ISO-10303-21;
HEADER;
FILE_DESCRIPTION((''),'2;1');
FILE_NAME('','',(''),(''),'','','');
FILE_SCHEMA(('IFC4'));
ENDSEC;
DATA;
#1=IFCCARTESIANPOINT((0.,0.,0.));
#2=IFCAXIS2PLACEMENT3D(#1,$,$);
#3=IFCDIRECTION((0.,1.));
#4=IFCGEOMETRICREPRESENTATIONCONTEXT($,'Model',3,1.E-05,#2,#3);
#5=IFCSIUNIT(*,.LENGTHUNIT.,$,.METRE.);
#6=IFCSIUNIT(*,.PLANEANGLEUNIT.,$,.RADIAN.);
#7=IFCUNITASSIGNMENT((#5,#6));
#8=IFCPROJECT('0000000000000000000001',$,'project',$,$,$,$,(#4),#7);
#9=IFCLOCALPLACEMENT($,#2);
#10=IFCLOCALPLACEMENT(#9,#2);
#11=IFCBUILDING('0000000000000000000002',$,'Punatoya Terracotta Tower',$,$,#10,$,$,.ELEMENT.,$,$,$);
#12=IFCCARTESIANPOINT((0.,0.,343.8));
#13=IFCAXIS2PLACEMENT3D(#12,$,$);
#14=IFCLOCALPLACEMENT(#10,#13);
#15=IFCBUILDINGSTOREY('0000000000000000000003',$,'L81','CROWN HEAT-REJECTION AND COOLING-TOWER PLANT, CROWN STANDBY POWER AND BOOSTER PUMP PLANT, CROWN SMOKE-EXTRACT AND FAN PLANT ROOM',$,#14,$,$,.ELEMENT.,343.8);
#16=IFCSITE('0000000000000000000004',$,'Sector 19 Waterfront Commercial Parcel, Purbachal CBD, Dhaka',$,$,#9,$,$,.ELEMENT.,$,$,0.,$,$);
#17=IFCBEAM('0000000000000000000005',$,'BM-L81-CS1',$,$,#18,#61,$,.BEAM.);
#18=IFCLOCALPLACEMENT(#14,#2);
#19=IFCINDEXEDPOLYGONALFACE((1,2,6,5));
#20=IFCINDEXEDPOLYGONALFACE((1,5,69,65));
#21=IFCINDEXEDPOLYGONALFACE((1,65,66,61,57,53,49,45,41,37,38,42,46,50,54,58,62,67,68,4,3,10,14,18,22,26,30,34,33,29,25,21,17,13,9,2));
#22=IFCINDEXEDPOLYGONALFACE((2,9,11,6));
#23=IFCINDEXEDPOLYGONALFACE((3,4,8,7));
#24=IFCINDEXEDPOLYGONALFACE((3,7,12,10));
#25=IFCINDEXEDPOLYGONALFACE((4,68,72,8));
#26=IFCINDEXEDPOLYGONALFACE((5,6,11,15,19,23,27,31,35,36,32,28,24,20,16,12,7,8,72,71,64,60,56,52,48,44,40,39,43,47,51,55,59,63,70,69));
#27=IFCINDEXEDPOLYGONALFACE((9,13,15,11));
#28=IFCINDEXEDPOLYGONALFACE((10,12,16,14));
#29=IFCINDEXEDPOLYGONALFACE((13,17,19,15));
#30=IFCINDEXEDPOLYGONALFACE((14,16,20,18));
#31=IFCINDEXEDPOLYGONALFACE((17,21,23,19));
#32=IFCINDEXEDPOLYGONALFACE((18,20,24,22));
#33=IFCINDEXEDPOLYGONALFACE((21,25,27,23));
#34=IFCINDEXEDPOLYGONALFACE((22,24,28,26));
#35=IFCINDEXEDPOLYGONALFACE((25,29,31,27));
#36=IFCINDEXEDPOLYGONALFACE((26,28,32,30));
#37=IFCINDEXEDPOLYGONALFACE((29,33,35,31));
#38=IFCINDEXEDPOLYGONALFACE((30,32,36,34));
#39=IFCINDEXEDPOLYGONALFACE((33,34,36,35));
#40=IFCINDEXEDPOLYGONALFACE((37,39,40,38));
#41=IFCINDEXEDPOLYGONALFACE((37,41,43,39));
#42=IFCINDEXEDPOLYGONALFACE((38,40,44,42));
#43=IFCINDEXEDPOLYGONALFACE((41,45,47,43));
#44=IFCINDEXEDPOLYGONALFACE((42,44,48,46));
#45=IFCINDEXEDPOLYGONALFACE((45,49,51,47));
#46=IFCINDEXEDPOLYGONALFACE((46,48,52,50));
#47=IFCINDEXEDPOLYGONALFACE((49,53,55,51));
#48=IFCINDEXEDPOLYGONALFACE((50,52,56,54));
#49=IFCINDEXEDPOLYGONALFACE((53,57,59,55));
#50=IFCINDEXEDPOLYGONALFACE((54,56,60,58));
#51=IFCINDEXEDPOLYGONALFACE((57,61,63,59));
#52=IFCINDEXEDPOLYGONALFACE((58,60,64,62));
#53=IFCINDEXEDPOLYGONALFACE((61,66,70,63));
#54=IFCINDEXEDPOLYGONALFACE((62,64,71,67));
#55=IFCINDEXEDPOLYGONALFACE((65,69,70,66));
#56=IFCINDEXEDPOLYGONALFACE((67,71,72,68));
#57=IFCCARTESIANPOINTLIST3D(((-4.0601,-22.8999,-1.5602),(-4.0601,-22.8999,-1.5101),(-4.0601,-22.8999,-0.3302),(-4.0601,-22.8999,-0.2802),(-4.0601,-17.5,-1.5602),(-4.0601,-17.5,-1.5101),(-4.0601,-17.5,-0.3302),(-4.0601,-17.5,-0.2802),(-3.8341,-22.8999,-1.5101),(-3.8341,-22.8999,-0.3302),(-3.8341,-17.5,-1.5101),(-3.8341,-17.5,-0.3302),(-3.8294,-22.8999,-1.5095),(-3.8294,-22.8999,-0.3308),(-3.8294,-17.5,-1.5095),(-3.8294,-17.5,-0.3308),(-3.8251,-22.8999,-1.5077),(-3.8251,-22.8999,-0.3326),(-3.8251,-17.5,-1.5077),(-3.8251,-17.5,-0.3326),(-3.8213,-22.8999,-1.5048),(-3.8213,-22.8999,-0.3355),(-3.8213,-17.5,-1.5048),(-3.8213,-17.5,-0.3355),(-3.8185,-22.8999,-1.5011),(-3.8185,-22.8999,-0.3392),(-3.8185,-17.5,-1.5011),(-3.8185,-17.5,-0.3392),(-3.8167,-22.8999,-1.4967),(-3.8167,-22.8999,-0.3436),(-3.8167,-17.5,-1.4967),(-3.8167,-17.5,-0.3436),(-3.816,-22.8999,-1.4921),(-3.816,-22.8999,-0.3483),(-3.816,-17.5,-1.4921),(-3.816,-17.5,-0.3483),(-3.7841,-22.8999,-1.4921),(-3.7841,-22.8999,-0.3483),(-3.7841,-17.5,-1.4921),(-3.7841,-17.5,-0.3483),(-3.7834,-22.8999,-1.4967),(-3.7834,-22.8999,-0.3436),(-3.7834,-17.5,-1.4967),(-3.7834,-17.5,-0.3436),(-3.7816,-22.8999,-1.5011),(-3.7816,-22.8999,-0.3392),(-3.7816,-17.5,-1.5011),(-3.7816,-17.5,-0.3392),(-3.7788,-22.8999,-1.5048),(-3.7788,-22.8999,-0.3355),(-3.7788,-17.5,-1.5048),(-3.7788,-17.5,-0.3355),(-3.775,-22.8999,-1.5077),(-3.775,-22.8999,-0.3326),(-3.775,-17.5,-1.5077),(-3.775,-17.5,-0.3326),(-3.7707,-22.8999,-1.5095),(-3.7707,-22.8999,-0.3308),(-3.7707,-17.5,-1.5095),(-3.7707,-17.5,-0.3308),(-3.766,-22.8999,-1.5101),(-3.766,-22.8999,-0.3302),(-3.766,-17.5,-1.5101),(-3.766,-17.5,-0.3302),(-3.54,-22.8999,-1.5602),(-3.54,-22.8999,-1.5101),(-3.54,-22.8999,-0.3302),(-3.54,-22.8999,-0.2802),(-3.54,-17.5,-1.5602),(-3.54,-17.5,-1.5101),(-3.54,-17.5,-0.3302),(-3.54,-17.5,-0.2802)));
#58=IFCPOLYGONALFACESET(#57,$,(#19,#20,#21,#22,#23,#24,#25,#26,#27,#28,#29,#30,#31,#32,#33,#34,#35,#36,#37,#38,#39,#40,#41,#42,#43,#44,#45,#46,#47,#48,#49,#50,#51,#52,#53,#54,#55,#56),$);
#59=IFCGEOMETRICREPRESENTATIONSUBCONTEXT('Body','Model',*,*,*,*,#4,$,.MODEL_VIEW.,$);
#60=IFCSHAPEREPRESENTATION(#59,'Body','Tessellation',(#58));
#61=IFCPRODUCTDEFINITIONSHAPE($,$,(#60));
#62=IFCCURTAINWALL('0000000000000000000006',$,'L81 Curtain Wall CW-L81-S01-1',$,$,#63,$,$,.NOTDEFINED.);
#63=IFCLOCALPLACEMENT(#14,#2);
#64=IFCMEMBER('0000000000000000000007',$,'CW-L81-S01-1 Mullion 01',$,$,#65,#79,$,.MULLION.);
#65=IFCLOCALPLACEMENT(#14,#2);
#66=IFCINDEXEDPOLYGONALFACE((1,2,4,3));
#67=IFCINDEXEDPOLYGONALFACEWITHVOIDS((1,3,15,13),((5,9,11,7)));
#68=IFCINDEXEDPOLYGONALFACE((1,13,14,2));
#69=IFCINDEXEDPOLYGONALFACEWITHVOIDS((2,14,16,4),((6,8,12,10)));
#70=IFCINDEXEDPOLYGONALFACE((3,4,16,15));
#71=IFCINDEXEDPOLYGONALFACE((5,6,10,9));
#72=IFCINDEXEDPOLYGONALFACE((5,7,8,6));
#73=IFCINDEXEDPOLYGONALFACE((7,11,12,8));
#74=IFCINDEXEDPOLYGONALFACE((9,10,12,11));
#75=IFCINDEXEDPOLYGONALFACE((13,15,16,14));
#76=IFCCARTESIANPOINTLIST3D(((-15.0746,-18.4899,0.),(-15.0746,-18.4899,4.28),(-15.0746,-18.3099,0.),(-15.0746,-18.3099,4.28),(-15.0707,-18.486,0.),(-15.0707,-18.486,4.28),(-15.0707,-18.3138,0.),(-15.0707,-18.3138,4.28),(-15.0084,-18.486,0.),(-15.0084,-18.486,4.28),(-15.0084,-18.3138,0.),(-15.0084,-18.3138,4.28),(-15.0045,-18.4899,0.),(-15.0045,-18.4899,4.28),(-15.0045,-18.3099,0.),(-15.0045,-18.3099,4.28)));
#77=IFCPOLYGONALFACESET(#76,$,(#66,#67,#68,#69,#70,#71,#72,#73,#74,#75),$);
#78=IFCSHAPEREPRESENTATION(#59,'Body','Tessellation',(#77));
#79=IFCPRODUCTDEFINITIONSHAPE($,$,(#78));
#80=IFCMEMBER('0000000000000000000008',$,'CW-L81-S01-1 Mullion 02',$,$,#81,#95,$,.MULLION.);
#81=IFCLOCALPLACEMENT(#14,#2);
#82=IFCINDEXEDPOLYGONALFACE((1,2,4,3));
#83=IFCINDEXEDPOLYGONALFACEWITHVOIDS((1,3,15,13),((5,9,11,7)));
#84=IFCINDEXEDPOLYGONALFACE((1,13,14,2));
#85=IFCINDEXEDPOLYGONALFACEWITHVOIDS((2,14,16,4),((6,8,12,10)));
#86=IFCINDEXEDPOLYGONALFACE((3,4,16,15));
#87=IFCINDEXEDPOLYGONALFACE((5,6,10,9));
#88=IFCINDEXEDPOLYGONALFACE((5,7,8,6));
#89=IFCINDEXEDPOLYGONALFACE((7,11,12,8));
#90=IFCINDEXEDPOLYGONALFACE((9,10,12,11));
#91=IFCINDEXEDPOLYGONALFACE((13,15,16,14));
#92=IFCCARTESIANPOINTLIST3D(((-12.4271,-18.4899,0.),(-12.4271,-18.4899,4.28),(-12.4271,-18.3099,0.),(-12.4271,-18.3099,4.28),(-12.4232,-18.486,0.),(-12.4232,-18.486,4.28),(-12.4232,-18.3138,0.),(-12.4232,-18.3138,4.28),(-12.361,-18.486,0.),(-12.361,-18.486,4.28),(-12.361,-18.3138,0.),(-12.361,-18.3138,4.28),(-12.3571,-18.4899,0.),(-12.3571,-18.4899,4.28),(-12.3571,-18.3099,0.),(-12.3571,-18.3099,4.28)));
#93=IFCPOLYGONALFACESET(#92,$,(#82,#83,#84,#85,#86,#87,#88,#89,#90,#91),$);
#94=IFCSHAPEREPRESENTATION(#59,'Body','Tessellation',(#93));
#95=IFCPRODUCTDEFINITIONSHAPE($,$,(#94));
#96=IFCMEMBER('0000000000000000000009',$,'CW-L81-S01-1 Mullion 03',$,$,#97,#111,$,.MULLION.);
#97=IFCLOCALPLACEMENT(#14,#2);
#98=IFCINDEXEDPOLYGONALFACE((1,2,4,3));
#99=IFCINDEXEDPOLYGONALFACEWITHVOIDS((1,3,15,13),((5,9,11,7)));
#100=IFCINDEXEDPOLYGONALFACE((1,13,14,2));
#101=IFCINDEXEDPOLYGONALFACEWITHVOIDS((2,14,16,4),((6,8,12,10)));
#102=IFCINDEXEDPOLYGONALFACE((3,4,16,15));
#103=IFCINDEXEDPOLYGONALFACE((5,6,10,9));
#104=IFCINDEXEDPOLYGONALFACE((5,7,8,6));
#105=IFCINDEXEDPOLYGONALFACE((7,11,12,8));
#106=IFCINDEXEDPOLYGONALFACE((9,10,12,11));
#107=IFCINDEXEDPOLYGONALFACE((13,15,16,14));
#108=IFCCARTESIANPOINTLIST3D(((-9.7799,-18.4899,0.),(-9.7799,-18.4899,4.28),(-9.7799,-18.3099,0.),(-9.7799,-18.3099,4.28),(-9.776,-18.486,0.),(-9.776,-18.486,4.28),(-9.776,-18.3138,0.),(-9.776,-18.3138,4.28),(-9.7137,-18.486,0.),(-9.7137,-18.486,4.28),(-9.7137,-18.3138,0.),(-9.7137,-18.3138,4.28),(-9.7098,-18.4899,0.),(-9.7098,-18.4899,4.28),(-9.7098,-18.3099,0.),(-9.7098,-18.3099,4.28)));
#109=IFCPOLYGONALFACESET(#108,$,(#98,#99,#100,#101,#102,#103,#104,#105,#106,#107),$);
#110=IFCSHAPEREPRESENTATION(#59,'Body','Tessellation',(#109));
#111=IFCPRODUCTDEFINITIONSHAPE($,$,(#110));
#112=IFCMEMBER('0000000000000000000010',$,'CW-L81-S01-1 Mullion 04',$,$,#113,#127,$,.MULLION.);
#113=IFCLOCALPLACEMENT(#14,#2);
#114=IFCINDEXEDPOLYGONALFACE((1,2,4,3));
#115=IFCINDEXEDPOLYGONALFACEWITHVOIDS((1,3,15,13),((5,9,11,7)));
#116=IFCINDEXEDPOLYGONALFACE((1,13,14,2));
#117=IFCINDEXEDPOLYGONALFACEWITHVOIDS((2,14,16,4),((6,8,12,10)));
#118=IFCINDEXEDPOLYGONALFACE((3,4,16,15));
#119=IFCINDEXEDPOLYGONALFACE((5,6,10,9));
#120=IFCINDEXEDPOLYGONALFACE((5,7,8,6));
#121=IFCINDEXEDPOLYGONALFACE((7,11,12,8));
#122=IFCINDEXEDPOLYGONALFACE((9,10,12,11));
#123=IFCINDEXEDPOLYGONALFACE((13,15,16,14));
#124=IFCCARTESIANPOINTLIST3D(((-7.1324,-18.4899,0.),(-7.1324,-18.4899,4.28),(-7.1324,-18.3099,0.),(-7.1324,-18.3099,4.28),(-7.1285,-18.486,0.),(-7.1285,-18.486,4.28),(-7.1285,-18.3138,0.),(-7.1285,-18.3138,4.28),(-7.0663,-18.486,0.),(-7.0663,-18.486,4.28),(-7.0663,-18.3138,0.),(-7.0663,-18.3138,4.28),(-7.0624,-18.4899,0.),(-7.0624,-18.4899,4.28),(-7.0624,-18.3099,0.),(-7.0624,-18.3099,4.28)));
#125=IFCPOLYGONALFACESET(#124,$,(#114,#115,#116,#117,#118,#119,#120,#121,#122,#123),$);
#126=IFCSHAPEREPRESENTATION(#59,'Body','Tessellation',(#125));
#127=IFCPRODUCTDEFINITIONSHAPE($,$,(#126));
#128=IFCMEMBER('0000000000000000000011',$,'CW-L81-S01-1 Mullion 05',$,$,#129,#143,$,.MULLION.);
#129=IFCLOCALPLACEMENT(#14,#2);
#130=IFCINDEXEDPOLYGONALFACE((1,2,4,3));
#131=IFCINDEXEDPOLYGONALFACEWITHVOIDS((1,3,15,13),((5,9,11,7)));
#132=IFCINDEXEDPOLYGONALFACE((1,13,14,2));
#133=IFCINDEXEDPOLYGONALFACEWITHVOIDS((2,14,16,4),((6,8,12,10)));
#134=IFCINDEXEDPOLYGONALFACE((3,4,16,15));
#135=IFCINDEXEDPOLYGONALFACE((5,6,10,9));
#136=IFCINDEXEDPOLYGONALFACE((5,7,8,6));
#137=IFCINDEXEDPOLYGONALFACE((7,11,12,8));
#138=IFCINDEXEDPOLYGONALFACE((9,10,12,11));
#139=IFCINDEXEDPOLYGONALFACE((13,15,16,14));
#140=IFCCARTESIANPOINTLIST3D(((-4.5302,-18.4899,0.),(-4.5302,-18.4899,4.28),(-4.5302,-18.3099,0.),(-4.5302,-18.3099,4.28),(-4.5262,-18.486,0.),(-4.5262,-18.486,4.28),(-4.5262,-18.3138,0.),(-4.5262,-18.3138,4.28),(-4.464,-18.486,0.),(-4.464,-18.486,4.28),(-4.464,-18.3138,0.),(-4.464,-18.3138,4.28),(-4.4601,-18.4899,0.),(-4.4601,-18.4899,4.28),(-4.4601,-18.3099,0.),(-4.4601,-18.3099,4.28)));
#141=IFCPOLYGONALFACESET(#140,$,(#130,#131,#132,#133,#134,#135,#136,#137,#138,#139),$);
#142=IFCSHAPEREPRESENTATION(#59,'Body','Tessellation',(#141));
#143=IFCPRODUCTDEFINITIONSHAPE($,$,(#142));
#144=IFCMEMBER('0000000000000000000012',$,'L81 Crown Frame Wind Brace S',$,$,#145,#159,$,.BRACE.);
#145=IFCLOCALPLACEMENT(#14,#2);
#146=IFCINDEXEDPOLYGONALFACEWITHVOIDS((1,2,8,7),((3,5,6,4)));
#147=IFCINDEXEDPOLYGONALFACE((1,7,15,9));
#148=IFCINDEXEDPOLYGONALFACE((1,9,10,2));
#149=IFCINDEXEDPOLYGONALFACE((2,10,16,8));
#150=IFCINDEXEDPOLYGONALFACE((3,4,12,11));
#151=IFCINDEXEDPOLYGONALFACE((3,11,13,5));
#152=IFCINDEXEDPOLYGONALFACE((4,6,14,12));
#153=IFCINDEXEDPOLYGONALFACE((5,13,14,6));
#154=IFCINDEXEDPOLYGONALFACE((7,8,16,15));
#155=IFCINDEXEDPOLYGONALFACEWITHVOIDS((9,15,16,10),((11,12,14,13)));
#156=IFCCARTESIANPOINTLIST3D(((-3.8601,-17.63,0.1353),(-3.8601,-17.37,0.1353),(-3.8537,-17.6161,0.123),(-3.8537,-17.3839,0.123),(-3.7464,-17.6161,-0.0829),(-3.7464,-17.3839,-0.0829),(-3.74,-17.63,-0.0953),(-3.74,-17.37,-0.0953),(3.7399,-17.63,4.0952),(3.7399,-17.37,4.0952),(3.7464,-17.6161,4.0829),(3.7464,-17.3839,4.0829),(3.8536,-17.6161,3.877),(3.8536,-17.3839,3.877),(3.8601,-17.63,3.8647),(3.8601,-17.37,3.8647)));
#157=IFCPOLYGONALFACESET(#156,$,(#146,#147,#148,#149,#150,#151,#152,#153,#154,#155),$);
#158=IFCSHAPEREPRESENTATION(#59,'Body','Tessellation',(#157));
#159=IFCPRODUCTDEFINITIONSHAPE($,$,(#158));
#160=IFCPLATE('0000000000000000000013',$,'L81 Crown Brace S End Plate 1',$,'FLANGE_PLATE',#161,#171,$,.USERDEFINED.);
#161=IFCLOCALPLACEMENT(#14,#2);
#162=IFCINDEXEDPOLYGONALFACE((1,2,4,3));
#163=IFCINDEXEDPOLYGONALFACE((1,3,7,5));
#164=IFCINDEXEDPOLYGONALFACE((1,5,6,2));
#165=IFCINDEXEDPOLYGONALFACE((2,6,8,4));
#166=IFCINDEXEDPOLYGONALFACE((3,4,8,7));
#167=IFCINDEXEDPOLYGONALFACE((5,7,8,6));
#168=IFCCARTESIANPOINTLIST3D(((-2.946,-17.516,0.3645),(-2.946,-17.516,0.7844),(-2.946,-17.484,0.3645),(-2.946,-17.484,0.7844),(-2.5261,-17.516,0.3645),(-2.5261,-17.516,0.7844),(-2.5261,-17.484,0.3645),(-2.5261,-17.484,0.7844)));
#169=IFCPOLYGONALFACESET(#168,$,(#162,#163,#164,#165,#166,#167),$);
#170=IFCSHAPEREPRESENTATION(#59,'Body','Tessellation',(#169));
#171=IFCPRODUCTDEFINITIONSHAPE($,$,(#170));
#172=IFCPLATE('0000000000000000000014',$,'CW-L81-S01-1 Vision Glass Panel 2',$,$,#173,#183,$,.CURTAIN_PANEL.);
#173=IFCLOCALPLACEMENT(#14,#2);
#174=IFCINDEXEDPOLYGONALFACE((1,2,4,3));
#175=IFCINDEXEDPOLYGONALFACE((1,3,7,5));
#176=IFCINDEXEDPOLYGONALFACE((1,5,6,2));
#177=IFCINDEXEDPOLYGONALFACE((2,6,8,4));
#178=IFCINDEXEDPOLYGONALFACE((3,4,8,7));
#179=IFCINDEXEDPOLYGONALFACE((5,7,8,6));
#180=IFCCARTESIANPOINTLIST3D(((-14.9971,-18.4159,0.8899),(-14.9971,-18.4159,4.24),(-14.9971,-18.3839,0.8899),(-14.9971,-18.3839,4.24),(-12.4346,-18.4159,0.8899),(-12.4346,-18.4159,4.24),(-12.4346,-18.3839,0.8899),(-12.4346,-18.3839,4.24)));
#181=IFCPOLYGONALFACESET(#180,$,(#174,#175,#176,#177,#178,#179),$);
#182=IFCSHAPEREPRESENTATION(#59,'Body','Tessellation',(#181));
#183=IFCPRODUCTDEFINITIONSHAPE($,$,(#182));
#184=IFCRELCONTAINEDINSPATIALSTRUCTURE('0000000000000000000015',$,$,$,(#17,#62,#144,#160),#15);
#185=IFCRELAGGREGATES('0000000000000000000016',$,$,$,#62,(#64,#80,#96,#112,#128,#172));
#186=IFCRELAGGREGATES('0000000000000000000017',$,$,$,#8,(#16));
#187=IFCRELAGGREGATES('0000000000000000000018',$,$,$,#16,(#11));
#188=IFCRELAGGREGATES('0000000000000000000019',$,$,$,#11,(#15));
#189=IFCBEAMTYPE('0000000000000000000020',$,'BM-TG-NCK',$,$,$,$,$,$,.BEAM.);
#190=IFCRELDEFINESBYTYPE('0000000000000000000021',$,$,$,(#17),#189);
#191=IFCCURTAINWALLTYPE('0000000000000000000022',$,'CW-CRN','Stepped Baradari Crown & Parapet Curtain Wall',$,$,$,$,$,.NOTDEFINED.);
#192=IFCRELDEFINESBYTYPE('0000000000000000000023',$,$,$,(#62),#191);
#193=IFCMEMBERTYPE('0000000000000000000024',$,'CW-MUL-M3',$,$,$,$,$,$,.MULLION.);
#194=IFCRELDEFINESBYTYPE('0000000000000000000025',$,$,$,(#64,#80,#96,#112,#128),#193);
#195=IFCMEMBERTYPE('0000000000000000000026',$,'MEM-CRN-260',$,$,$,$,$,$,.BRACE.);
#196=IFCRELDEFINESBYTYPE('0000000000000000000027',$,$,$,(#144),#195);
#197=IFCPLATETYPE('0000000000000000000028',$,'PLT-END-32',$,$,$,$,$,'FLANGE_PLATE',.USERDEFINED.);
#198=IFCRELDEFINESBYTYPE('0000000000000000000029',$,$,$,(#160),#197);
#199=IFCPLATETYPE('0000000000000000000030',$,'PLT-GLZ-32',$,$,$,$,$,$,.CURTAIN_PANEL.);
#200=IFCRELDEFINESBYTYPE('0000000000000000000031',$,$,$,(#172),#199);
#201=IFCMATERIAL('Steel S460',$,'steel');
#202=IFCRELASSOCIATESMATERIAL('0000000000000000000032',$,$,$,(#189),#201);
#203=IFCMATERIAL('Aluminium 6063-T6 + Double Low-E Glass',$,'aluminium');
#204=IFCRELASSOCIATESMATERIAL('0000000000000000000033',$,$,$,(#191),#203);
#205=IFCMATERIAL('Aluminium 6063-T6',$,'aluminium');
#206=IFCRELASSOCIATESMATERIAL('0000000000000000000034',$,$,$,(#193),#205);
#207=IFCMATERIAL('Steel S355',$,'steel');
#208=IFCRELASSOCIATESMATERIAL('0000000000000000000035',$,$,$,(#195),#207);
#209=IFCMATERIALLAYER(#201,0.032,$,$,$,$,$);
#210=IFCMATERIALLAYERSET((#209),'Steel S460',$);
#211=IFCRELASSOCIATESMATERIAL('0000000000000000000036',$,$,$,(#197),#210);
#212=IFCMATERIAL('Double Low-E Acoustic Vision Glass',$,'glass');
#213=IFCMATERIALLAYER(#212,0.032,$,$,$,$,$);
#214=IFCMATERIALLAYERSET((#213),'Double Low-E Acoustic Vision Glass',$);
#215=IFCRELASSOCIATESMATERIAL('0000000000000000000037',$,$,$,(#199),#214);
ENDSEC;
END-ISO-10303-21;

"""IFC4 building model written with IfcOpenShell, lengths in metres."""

from ifc_helpers import new_model, si_unit, direction, frame, origin, origin_2d, place, context, subcontext, project, spatial, rectangle, hollow_rectangle, i_section, extrude, material, layer, layer_set, material_profile, profile_set, type_object, element, aggregate, save


model = new_model("IFC4")

# Units and contexts
model_context = context("Model", 3, precision=1e-05, world=origin(), true_north=direction((0.0, 1.0)))
body_context = subcontext(model_context, "Body", "Model", "MODEL_VIEW")
ifc_project = project(units=[si_unit("LENGTHUNIT", "METRE"), si_unit("PLANEANGLEUNIT", "RADIAN")], contexts=[model_context])

# Site, building, storey
site_placement = place(None, origin())
site = spatial("IfcSite", under=ifc_project, at=site_placement, Name="Sector 19 Waterfront Commercial Parcel, Purbachal CBD, Dhaka", CompositionType="ELEMENT", RefElevation=0.0)
building_placement = place(site_placement, origin())
building = spatial("IfcBuilding", under=site, at=building_placement, Name="Punatoya Terracotta Tower", CompositionType="ELEMENT")
storey_placement = place(building_placement, frame((0.0, 0.0, 343.8)))
storey = spatial("IfcBuildingStorey", under=building, at=storey_placement, Name="L81", Description="CROWN HEAT-REJECTION AND COOLING-TOWER PLANT, CROWN STANDBY POWER AND BOOSTER PUMP PLANT, CROWN SMOKE-EXTRACT AND FAN PLANT ROOM", CompositionType="ELEMENT", Elevation=343.8)

# Shared definitions
ifc_material_1 = material(Name="Steel S460", Category="steel")

# Beam
ifc_material_profile_1 = material_profile(ifc_material_1, i_section(OverallWidth=0.52, OverallDepth=1.28, WebThickness=0.032, FlangeThickness=0.05, FilletRadius=0.0181, at=origin_2d()))
ifc_profile_set_1 = profile_set([ifc_material_profile_1], Name="Steel S460")
beam_type_1 = type_object("IfcBeamType", Name="BM-TG-NCK", PredefinedType="BEAM", material=ifc_profile_set_1)
beam_1_placement = place(storey_placement, frame((-3.8, -22.8999, -0.9202), z_axis=(0.0, 1.0, 0.0), x_axis=(-1.0, 0.0, 0.0)))
element("IfcBeam", 1, at=beam_1_placement, inside=storey, type_object=beam_type_1, Name="BM-L81-CS1", PredefinedType="BEAM", context=body_context, shape_type="SweptSolid", body=[
    extrude(i_section(OverallWidth=0.52, OverallDepth=1.28, WebThickness=0.032, FlangeThickness=0.05, FilletRadius=0.0181, at=origin_2d()), origin(), (0.0, 0.0, 1.0), 5.3999),
])

# Curtain wall, members
ifc_material_2 = material(Name="Aluminium 6063-T6 + Double Low-E Glass", Category="aluminium")
curtain_wall_type = type_object("IfcCurtainWallType", Name="CW-CRN", Description="Stepped Baradari Crown & Parapet Curtain Wall", PredefinedType="NOTDEFINED", material=ifc_material_2)
curtain_wall_placement = place(storey_placement, origin())
curtain_wall = element("IfcCurtainWall", 2, at=curtain_wall_placement, inside=storey, type_object=curtain_wall_type, Name="L81 Curtain Wall CW-L81-S01-1", PredefinedType="NOTDEFINED")
ifc_material_3 = material(Name="Aluminium 6063-T6", Category="aluminium")
ifc_material_profile_2 = material_profile(ifc_material_3, hollow_rectangle(XDim=0.0701, YDim=0.1799, WallThickness=0.0039, at=origin_2d()))
ifc_profile_set_2 = profile_set([ifc_material_profile_2], Name="Aluminium 6063-T6")
member_type_1 = type_object("IfcMemberType", Name="CW-MUL-M3", PredefinedType="MULLION", material=ifc_profile_set_2)
member_1_placement = place(storey_placement, frame((-15.0396, -18.3999, 0.0), z_axis=(0.0, 0.0, 1.0), x_axis=(1.0, 0.0, 0.0)))
member_1 = element("IfcMember", 3, at=member_1_placement, type_object=member_type_1, Name="CW-L81-S01-1 Mullion 01", PredefinedType="MULLION", context=body_context, shape_type="SweptSolid", body=[
    extrude(hollow_rectangle(XDim=0.0701, YDim=0.1799, WallThickness=0.0039, at=origin_2d()), origin(), (0.0, 0.0, 1.0), 4.28),
])
member_2_placement = place(storey_placement, frame((-12.3921, -18.3999, 0.0), z_axis=(0.0, 0.0, 1.0), x_axis=(1.0, 0.0, 0.0)))
member_2 = element("IfcMember", 4, at=member_2_placement, type_object=member_type_1, Name="CW-L81-S01-1 Mullion 02", PredefinedType="MULLION", context=body_context, shape_type="SweptSolid", body=[
    extrude(hollow_rectangle(XDim=0.0701, YDim=0.1799, WallThickness=0.0039, at=origin_2d()), origin(), (0.0, 0.0, 1.0), 4.28),
])
member_3_placement = place(storey_placement, frame((-9.7449, -18.3999, 0.0), z_axis=(0.0, 0.0, 1.0), x_axis=(1.0, 0.0, 0.0)))
member_3 = element("IfcMember", 5, at=member_3_placement, type_object=member_type_1, Name="CW-L81-S01-1 Mullion 03", PredefinedType="MULLION", context=body_context, shape_type="SweptSolid", body=[
    extrude(hollow_rectangle(XDim=0.0701, YDim=0.1799, WallThickness=0.0039, at=origin_2d()), origin(), (0.0, 0.0, 1.0), 4.28),
])
member_4_placement = place(storey_placement, frame((-7.0974, -18.3999, 0.0), z_axis=(0.0, 0.0, 1.0), x_axis=(1.0, 0.0, 0.0)))
member_4 = element("IfcMember", 6, at=member_4_placement, type_object=member_type_1, Name="CW-L81-S01-1 Mullion 04", PredefinedType="MULLION", context=body_context, shape_type="SweptSolid", body=[
    extrude(hollow_rectangle(XDim=0.0701, YDim=0.1799, WallThickness=0.0039, at=origin_2d()), origin(), (0.0, 0.0, 1.0), 4.28),
])
member_5_placement = place(storey_placement, frame((-4.4951, -18.3999, 0.0), z_axis=(0.0, 0.0, 1.0), x_axis=(1.0, 0.0, 0.0)))
member_5 = element("IfcMember", 7, at=member_5_placement, type_object=member_type_1, Name="CW-L81-S01-1 Mullion 05", PredefinedType="MULLION", context=body_context, shape_type="SweptSolid", body=[
    extrude(hollow_rectangle(XDim=0.0701, YDim=0.1799, WallThickness=0.0039, at=origin_2d()), origin(), (0.0, 0.0, 1.0), 4.28),
])

# Member
ifc_material_4 = material(Name="Steel S355", Category="steel")
ifc_material_profile_3 = material_profile(ifc_material_4, hollow_rectangle(XDim=0.26, YDim=0.26, WallThickness=0.0139, at=origin_2d()))
ifc_profile_set_3 = profile_set([ifc_material_profile_3], Name="Steel S355")
member_type_2 = type_object("IfcMemberType", Name="MEM-CRN-260", PredefinedType="BRACE", material=ifc_profile_set_3)
member_6_placement = place(storey_placement, frame((-3.8, -17.5, 0.02), z_axis=(0.886839, 0.0, 0.462079), x_axis=(0.0, 1.0, 0.0)))
element("IfcMember", 8, at=member_6_placement, inside=storey, type_object=member_type_2, Name="L81 Crown Frame Wind Brace S", PredefinedType="BRACE", context=body_context, shape_type="SweptSolid", body=[
    extrude(hollow_rectangle(XDim=0.26, YDim=0.26, WallThickness=0.0139, at=origin_2d()), origin(), (0.0, 0.0, 1.0), 8.5698),
])

# Plates
ifc_layer_1 = layer(ifc_material_1, 0.032)
ifc_layer_set_1 = layer_set([ifc_layer_1], Name="Steel S460")
plate_type_1 = type_object("IfcPlateType", Name="PLT-END-32", ElementType="FLANGE_PLATE", PredefinedType="USERDEFINED", material=ifc_layer_set_1)
plate_1_placement = place(storey_placement, frame((-2.7361, -17.5, 0.3645), z_axis=(0.0, 0.0, 1.0), x_axis=(1.0, 0.0, 0.0)))
element("IfcPlate", 9, at=plate_1_placement, inside=storey, type_object=plate_type_1, Name="L81 Crown Brace S End Plate 1", ObjectType="FLANGE_PLATE", PredefinedType="USERDEFINED", context=body_context, shape_type="SweptSolid", body=[
    extrude(rectangle(XDim=0.4199, YDim=0.032, at=origin_2d()), origin(), (0.0, 0.0, 1.0), 0.4199),
])
ifc_material_5 = material(Name="Double Low-E Acoustic Vision Glass", Category="glass")
ifc_layer_2 = layer(ifc_material_5, 0.032)
ifc_layer_set_2 = layer_set([ifc_layer_2], Name="Double Low-E Acoustic Vision Glass")
plate_type_2 = type_object("IfcPlateType", Name="PLT-GLZ-32", PredefinedType="CURTAIN_PANEL", material=ifc_layer_set_2)
plate_2_placement = place(storey_placement, frame((-13.7158, -18.3999, 0.8899), z_axis=(0.0, 0.0, 1.0), x_axis=(1.0, 0.0, 0.0)))
plate_2 = element("IfcPlate", 10, at=plate_2_placement, type_object=plate_type_2, Name="CW-L81-S01-1 Vision Glass Panel 2", PredefinedType="CURTAIN_PANEL", context=body_context, shape_type="SweptSolid", body=[
    extrude(rectangle(XDim=2.5625, YDim=0.032, at=origin_2d()), origin(), (0.0, 0.0, 1.0), 3.3501),
])
aggregate(curtain_wall, [member_1, member_2, member_3, member_4, member_5, plate_2])

save(model, "model.ifc")
